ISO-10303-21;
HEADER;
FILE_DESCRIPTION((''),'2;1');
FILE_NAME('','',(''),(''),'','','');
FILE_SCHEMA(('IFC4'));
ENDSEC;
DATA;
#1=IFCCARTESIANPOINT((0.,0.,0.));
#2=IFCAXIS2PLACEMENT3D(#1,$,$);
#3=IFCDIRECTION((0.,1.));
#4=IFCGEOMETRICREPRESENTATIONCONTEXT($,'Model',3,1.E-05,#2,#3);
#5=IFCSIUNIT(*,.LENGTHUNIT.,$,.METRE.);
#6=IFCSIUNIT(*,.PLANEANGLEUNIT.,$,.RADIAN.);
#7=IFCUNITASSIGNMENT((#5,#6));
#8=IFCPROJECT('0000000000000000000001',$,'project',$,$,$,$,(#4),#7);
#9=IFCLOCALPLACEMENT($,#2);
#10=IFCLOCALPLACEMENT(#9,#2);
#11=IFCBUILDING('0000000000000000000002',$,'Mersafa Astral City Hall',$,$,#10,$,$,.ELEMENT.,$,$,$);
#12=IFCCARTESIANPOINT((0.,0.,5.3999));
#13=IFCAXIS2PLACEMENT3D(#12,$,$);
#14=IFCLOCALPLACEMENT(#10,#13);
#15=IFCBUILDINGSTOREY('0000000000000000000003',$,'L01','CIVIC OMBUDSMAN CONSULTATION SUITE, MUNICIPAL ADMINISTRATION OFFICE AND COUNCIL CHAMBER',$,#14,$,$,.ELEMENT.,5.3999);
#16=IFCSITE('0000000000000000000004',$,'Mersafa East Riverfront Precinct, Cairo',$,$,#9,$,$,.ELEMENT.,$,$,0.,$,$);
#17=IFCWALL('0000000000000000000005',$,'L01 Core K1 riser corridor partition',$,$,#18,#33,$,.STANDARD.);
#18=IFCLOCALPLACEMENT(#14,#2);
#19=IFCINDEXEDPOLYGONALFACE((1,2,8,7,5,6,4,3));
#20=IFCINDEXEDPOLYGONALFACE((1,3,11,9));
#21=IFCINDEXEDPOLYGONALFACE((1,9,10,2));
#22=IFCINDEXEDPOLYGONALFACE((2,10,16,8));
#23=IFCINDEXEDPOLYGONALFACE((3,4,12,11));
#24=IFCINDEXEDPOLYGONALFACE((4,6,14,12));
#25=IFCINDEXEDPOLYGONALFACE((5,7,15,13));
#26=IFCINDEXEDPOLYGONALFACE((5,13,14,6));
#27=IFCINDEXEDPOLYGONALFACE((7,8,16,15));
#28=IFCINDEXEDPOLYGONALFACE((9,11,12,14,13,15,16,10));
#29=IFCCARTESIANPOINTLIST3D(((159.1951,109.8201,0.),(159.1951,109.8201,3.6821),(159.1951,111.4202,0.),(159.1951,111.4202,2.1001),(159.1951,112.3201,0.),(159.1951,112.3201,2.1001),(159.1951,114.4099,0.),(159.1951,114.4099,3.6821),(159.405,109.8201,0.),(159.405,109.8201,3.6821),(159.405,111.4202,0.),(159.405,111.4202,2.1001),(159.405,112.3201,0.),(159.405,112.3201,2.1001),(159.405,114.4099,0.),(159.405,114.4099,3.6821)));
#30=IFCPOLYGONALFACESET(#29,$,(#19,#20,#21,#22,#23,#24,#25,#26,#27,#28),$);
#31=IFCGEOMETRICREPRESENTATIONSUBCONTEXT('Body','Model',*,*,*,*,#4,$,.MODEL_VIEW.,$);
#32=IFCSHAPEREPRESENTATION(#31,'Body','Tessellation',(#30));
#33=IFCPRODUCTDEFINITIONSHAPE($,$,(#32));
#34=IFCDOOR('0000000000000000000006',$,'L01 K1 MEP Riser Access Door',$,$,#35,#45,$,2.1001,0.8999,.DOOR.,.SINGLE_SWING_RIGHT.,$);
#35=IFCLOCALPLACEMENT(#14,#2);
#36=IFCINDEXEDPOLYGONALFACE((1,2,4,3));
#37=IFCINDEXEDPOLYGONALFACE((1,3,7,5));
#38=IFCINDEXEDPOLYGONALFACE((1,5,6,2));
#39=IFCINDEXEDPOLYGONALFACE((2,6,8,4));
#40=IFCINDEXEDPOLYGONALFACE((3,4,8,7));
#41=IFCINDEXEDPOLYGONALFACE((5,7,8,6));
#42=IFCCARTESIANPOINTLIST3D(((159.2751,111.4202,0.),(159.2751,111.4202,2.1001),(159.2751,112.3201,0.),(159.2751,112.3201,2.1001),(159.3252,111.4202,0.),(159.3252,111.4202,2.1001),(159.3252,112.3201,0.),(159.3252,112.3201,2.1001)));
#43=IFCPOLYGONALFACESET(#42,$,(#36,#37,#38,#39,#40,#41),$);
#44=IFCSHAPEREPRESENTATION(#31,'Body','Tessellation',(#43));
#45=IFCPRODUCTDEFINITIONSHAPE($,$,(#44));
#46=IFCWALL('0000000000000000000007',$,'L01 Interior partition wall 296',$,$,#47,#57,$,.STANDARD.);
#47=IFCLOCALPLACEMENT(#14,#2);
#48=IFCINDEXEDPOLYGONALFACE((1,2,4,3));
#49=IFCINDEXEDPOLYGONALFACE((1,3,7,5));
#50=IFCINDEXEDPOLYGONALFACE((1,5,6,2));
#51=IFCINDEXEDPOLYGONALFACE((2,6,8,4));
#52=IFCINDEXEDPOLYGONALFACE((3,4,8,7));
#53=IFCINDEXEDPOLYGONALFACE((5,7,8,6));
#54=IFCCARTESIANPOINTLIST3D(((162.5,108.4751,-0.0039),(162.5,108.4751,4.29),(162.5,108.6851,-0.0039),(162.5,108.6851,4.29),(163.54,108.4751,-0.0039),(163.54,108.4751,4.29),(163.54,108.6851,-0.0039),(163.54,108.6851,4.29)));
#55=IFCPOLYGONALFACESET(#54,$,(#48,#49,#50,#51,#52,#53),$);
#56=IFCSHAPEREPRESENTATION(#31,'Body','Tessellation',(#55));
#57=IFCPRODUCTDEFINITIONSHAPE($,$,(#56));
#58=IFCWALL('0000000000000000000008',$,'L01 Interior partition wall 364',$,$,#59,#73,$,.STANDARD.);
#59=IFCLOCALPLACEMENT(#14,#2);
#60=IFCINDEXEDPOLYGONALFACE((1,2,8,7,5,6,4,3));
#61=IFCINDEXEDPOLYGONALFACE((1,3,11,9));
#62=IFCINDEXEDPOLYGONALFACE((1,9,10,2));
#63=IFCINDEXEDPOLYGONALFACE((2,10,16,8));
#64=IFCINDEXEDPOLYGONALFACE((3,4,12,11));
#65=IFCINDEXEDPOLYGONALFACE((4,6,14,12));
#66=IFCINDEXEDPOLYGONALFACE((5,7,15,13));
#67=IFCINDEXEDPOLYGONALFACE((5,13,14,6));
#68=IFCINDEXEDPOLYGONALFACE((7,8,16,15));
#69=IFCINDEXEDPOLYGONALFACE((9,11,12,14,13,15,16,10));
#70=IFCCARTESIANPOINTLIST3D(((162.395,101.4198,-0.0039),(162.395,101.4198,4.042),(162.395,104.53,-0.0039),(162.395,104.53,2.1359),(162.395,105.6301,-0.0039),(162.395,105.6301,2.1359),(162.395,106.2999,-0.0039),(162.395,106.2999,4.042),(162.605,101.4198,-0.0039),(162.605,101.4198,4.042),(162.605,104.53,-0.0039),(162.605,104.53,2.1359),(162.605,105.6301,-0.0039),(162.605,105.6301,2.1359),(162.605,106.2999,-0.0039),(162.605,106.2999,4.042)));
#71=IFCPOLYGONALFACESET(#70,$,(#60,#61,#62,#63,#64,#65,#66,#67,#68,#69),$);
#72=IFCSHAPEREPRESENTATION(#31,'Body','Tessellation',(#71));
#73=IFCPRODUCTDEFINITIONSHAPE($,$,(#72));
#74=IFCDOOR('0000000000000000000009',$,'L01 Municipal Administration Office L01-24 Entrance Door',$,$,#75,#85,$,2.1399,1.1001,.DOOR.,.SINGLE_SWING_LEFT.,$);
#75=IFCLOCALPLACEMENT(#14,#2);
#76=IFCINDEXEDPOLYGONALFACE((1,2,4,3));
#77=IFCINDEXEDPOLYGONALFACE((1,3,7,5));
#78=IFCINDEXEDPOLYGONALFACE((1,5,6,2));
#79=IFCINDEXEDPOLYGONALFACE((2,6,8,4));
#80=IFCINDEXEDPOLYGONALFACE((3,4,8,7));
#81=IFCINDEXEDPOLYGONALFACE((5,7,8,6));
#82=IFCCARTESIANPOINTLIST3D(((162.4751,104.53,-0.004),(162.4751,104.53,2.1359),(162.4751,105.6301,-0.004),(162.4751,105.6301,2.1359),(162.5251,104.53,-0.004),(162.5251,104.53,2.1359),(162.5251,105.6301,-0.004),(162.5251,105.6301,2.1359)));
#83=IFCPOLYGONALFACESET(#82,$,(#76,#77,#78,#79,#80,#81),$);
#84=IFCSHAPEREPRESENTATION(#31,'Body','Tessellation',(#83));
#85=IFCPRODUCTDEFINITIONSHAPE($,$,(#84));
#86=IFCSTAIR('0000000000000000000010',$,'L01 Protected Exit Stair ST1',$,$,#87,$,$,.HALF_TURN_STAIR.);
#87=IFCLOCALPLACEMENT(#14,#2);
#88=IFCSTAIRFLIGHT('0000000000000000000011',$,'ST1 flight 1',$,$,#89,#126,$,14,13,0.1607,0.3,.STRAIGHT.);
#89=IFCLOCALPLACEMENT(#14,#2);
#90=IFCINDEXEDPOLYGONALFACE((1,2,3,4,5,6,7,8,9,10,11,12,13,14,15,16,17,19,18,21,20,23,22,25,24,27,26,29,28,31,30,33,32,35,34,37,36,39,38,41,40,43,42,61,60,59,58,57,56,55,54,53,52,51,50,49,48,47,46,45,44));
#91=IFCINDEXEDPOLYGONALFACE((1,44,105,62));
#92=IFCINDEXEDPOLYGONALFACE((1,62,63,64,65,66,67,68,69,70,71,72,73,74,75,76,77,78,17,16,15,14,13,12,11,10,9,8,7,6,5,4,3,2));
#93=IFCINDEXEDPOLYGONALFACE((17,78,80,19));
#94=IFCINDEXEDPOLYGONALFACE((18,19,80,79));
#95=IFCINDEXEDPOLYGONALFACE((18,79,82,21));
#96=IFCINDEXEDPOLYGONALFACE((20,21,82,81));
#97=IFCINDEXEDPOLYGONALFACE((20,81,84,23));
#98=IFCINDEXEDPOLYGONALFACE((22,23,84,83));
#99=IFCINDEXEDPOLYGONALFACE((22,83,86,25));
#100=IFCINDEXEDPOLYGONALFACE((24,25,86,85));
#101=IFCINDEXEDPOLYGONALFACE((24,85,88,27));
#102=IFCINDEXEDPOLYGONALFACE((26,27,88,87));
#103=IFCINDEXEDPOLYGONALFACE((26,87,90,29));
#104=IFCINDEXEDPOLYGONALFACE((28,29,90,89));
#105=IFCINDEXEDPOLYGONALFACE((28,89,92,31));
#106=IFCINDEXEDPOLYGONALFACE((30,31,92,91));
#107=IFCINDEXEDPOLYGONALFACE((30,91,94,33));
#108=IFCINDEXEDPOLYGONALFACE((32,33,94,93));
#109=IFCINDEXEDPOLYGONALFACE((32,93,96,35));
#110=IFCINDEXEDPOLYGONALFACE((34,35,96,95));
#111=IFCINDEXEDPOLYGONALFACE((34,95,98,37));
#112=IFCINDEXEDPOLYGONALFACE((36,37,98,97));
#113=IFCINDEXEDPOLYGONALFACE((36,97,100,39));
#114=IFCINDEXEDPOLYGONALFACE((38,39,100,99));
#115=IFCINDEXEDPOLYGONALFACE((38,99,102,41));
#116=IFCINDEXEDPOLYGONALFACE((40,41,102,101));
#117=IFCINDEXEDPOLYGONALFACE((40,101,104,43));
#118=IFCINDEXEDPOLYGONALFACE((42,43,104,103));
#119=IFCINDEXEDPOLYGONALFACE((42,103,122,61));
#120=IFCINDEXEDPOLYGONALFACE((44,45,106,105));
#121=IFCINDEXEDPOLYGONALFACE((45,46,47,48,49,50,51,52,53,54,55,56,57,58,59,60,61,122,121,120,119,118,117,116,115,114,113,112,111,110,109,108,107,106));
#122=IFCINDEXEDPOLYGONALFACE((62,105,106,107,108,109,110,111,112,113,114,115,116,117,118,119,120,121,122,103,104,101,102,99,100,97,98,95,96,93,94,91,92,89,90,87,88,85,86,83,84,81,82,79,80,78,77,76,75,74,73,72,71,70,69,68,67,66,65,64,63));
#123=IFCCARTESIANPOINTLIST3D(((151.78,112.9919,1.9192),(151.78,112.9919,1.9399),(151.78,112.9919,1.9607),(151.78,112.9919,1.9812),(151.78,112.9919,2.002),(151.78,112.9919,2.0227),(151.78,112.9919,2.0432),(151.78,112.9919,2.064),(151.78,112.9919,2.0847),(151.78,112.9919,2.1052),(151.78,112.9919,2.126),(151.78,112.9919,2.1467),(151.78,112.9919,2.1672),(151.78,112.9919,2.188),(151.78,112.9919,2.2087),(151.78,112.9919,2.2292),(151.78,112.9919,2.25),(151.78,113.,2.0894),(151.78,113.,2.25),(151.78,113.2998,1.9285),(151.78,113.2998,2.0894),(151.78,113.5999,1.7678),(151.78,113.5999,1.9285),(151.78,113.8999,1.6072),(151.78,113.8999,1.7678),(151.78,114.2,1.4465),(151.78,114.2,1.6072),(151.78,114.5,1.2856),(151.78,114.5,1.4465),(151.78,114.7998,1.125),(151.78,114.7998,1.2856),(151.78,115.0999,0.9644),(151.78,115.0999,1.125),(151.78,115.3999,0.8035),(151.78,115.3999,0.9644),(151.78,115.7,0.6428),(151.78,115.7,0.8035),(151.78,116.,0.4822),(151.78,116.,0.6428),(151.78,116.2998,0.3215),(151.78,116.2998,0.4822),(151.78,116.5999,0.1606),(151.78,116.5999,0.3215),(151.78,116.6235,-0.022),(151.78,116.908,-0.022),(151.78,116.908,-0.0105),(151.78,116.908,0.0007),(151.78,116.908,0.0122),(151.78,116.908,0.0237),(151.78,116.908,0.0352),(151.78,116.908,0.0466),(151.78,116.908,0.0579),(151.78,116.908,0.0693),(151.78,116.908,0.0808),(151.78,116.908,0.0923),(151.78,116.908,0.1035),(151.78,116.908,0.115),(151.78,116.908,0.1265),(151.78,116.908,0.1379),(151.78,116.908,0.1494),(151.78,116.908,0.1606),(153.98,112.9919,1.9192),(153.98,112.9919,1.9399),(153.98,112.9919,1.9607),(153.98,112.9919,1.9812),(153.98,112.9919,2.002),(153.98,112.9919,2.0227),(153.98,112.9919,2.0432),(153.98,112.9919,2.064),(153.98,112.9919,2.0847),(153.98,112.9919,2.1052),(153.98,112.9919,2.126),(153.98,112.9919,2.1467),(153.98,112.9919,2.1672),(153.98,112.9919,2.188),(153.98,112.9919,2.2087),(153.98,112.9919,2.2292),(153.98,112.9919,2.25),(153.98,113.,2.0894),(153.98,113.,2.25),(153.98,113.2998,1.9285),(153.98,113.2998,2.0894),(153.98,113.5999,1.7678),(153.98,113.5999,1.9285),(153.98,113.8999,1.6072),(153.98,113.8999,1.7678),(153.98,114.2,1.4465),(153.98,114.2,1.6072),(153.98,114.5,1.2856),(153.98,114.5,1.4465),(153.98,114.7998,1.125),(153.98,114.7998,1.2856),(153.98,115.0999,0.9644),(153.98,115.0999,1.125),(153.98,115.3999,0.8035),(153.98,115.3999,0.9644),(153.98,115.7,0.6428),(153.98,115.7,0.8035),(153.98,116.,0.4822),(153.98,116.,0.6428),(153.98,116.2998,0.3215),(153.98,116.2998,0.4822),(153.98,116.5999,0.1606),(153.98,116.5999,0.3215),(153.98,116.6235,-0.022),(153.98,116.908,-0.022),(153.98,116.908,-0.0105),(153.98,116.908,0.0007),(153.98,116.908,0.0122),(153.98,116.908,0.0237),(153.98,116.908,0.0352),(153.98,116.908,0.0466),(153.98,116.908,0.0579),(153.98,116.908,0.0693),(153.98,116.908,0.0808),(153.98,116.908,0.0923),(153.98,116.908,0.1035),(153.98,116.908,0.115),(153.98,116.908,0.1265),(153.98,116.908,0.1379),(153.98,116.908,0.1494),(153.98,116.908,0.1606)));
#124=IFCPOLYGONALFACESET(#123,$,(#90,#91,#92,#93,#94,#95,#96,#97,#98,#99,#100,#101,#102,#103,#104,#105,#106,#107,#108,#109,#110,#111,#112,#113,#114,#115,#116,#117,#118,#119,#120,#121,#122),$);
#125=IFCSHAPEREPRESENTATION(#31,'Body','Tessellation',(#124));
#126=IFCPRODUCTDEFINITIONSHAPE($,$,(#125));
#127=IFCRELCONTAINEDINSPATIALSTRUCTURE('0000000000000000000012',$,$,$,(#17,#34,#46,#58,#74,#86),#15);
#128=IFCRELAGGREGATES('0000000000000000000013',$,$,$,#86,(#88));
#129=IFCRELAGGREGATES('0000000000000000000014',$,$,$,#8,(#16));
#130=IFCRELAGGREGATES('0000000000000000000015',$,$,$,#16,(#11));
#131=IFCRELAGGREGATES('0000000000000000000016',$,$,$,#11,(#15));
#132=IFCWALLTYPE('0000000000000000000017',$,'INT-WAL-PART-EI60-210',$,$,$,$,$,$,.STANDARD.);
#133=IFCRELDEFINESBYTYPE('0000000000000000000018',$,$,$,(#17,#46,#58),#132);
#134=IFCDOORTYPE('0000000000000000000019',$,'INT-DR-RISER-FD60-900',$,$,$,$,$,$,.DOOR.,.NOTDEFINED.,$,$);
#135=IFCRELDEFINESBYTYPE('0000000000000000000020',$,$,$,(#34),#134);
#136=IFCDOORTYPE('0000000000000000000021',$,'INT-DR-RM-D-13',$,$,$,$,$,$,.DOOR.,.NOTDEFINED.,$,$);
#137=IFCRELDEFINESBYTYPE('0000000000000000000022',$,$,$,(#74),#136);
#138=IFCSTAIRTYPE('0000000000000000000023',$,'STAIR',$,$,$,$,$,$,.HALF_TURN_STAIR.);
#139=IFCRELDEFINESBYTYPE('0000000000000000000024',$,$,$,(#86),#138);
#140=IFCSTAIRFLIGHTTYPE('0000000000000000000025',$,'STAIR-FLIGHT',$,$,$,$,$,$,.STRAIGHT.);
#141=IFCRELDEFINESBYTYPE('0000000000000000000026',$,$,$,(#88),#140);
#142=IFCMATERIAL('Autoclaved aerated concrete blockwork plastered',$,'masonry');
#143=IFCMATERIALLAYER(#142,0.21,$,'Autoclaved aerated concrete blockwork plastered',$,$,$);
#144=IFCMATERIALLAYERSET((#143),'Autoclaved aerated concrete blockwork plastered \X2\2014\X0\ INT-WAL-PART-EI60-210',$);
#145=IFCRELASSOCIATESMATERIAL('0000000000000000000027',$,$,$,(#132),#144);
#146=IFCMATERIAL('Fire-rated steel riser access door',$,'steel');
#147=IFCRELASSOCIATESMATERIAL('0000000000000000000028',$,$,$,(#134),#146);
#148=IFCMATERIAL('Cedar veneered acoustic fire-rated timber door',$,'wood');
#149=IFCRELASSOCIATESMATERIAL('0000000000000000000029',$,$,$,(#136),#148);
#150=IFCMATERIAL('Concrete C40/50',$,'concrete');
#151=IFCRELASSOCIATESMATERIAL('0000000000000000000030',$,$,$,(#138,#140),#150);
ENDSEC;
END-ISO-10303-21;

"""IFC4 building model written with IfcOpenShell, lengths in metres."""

from ifc_helpers import new_model, si_unit, direction, frame, frame_2d, origin, place, context, subcontext, project, spatial, polyline, rectangle, outline, extrude, material, layer, layer_set, type_object, element, fill, aggregate, save


model = new_model("IFC4")

# Units and contexts
model_context = context("Model", 3, precision=1e-05, world=origin(), true_north=direction((0.0, 1.0)))
body_context = subcontext(model_context, "Body", "Model", "MODEL_VIEW")
ifc_project = project(units=[si_unit("LENGTHUNIT", "METRE"), si_unit("PLANEANGLEUNIT", "RADIAN")], contexts=[model_context])

# Site, building, storey
site_placement = place(None, origin())
site = spatial("IfcSite", under=ifc_project, at=site_placement, Name="Mersafa East Riverfront Precinct, Cairo", CompositionType="ELEMENT", RefElevation=0.0)
building_placement = place(site_placement, origin())
building = spatial("IfcBuilding", under=site, at=building_placement, Name="Mersafa Astral City Hall", CompositionType="ELEMENT")
storey_placement = place(building_placement, frame((0.0, 0.0, 5.3999)))
storey = spatial("IfcBuildingStorey", under=building, at=storey_placement, Name="L01", Description="CIVIC OMBUDSMAN CONSULTATION SUITE, MUNICIPAL ADMINISTRATION OFFICE AND COUNCIL CHAMBER", CompositionType="ELEMENT", Elevation=5.3999)

# Shared definitions
ifc_material_1 = material(Name="Concrete C40/50", Category="concrete")

# Shared definitions
ifc_material_2 = material(Name="Cedar veneered acoustic fire-rated timber door", Category="wood")

# Wall, opening, door
ifc_material_3 = material(Name="Autoclaved aerated concrete blockwork plastered", Category="masonry")
ifc_layer_1 = layer(ifc_material_3, 0.21, Name="Autoclaved aerated concrete blockwork plastered")
ifc_layer_set_1 = layer_set([ifc_layer_1], Name="Autoclaved aerated concrete blockwork plastered — INT-WAL-PART-EI60-210")
wall_type_1 = type_object("IfcWallType", Name="INT-WAL-PART-EI60-210", PredefinedType="STANDARD", material=ifc_layer_set_1)
wall_1_placement = place(storey_placement, frame((159.3, 109.8201, 0.0), z_axis=(0.0, 0.0, 1.0), x_axis=(0.0, 1.0, 0.0)))
wall_1 = element("IfcWall", 1, at=wall_1_placement, inside=storey, type_object=wall_type_1, Name="L01 Core K1 riser corridor partition", PredefinedType="STANDARD", context=body_context, shape_type="SweptSolid", body=[
    extrude(rectangle(XDim=4.5898, YDim=0.21, at=frame_2d((2.2949, 0.0))), origin(), (0.0, 0.0, 1.0), 3.6821),
])
opening_1_placement = place(wall_1_placement, frame((1.6001, 0.0, 0.0)))
opening_1 = element("IfcOpeningElement", 2, at=opening_1_placement, cuts=wall_1, PredefinedType="OPENING", context=body_context, shape_type="SweptSolid", body=[
    extrude(rectangle(XDim=0.8999, YDim=2.1001, at=frame_2d((0.45, 1.05))), frame((0.0, 0.115, 0.0), z_axis=(0.0, -1.0, 0.0), x_axis=(1.0, 0.0, 0.0)), (0.0, 0.0, 1.0), 0.23),
])
ifc_material_4 = material(Name="Fire-rated steel riser access door", Category="steel")
door_type_1 = type_object("IfcDoorType", Name="INT-DR-RISER-FD60-900", OperationType="NOTDEFINED", PredefinedType="DOOR", material=ifc_material_4)
door_1_placement = place(opening_1_placement, origin())
door_1 = element("IfcDoor", 3, at=door_1_placement, inside=storey, type_object=door_type_1, Name="L01 K1 MEP Riser Access Door", OperationType="SINGLE_SWING_RIGHT", OverallHeight=2.1001, OverallWidth=0.8999, PredefinedType="DOOR", context=body_context, shape_type="SweptSolid", body=[
    extrude(rectangle(XDim=0.8999, YDim=2.1001, at=frame_2d((0.45, 1.05))), frame((0.0, 0.0249, 0.0), z_axis=(0.0, -1.0, 0.0), x_axis=(1.0, 0.0, 0.0)), (0.0, 0.0, 1.0), 0.05),
])
fill(opening_1, door_1)

# Wall
wall_2_placement = place(storey_placement, frame((163.54, 108.5801, -0.0039), z_axis=(0.0, 0.0, 1.0), x_axis=(-1.0, 0.0, 0.0)))
element("IfcWall", 4, at=wall_2_placement, inside=storey, type_object=wall_type_1, Name="L01 Interior partition wall 296", PredefinedType="STANDARD", context=body_context, shape_type="SweptSolid", body=[
    extrude(rectangle(XDim=1.04, YDim=0.21, at=frame_2d((0.52, 0.0))), origin(), (0.0, 0.0, 1.0), 4.2939),
])

# Wall, opening, door
wall_3_placement = place(storey_placement, frame((162.5, 101.4199, -0.0039), z_axis=(0.0, 0.0, 1.0), x_axis=(0.0, 1.0, 0.0)))
wall_3 = element("IfcWall", 5, at=wall_3_placement, inside=storey, type_object=wall_type_1, Name="L01 Interior partition wall 364", PredefinedType="STANDARD", context=body_context, shape_type="SweptSolid", body=[
    extrude(rectangle(XDim=4.8801, YDim=0.21, at=frame_2d((2.4399, 0.0))), origin(), (0.0, 0.0, 1.0), 4.0459),
])
opening_2_placement = place(wall_3_placement, frame((3.1101, 0.0, 0.0)))
opening_2 = element("IfcOpeningElement", 6, at=opening_2_placement, cuts=wall_3, PredefinedType="OPENING", context=body_context, shape_type="SweptSolid", body=[
    extrude(rectangle(XDim=1.1001, YDim=2.1399, at=frame_2d((0.55, 1.0698))), frame((0.0, 0.115, 0.0), z_axis=(0.0, -1.0, 0.0), x_axis=(1.0, 0.0, 0.0)), (0.0, 0.0, 1.0), 0.23),
])
door_type_2 = type_object("IfcDoorType", Name="INT-DR-RM-D-13", OperationType="NOTDEFINED", PredefinedType="DOOR", material=ifc_material_2)
door_2_placement = place(opening_2_placement, origin())
door_2 = element("IfcDoor", 7, at=door_2_placement, inside=storey, type_object=door_type_2, Name="L01 Municipal Administration Office L01-24 Entrance Door", OperationType="SINGLE_SWING_LEFT", OverallHeight=2.1399, OverallWidth=1.1001, PredefinedType="DOOR", context=body_context, shape_type="SweptSolid", body=[
    extrude(rectangle(XDim=1.1001, YDim=2.1399, at=frame_2d((0.55, 1.0698))), frame((0.0, 0.0249, 0.0), z_axis=(0.0, -1.0, 0.0), x_axis=(1.0, 0.0, 0.0)), (0.0, 0.0, 1.0), 0.05),
])
fill(opening_2, door_2)

# Stair, stair flight
stair_type = type_object("IfcStairType", Name="STAIR", PredefinedType="HALF_TURN_STAIR", material=ifc_material_1)
stair_placement = place(storey_placement, origin())
stair = element("IfcStair", 8, at=stair_placement, inside=storey, type_object=stair_type, Name="L01 Protected Exit Stair ST1", PredefinedType="HALF_TURN_STAIR")
stair_flight_type = type_object("IfcStairFlightType", Name="STAIR-FLIGHT", PredefinedType="STRAIGHT", material=ifc_material_1)
stair_flight_1_placement = place(storey_placement, frame((152.8799, 116.8999, 0.0), z_axis=(0.0, 0.0, 1.0), x_axis=(0.0, -1.0, 0.0)))
stair_flight_1 = element("IfcStairFlight", 9, at=stair_flight_1_placement, type_object=stair_flight_type, Name="ST1 flight 1", NumberOfRisers=14, NumberOfTreads=13, PredefinedType="STRAIGHT", RiserHeight=0.1607, TreadLength=0.3, context=body_context, shape_type="SweptSolid", body=[
    extrude(outline(polyline([(-0.0081, -0.022), (-0.0081, -0.0105), (-0.0081, 0.0007), (-0.0081, 0.0122), (-0.0081, 0.0237), (-0.0081, 0.0352), (-0.0081, 0.0466), (-0.0081, 0.0579), (-0.0081, 0.0693), (-0.0081, 0.0808), (-0.0081, 0.0923), (-0.0081, 0.1035), (-0.0081, 0.115), (-0.0081, 0.1265), (-0.0081, 0.1379), (-0.0081, 0.1494), (-0.0081, 0.1606), (0.3, 0.1606), (0.3, 0.3215), (0.6001, 0.3215), (0.6001, 0.4822), (0.8999, 0.4822), (0.8999, 0.6428), (1.2, 0.6428), (1.2, 0.8035), (1.5, 0.8035), (1.5, 0.9644), (1.8, 0.9644), (1.8, 1.125), (2.1001, 1.125), (2.1001, 1.2856), (2.3999, 1.2856), (2.3999, 1.4465), (2.7, 1.4465), (2.7, 1.6072), (3.0, 1.6072), (3.0, 1.7678), (3.3, 1.7678), (3.3, 1.9285), (3.6001, 1.9285), (3.6001, 2.0894), (3.8999, 2.0894), (3.8999, 2.25), (3.908, 2.25), (3.908, 2.2292), (3.908, 2.2087), (3.908, 2.188), (3.908, 2.1672), (3.908, 2.1467), (3.908, 2.126), (3.908, 2.1052), (3.908, 2.0847), (3.908, 2.064), (3.908, 2.0432), (3.908, 2.0227), (3.908, 2.002), (3.908, 1.9812), (3.908, 1.9607), (3.908, 1.9399), (3.908, 1.9192), (0.2764, -0.022), (-0.0081, -0.022)])), frame((0.0, 1.1001, 0.0), z_axis=(0.0, -1.0, 0.0), x_axis=(1.0, 0.0, 0.0)), (0.0, 0.0, 1.0), 2.2),
])
aggregate(stair, [stair_flight_1])

save(model, "model.ifc")
